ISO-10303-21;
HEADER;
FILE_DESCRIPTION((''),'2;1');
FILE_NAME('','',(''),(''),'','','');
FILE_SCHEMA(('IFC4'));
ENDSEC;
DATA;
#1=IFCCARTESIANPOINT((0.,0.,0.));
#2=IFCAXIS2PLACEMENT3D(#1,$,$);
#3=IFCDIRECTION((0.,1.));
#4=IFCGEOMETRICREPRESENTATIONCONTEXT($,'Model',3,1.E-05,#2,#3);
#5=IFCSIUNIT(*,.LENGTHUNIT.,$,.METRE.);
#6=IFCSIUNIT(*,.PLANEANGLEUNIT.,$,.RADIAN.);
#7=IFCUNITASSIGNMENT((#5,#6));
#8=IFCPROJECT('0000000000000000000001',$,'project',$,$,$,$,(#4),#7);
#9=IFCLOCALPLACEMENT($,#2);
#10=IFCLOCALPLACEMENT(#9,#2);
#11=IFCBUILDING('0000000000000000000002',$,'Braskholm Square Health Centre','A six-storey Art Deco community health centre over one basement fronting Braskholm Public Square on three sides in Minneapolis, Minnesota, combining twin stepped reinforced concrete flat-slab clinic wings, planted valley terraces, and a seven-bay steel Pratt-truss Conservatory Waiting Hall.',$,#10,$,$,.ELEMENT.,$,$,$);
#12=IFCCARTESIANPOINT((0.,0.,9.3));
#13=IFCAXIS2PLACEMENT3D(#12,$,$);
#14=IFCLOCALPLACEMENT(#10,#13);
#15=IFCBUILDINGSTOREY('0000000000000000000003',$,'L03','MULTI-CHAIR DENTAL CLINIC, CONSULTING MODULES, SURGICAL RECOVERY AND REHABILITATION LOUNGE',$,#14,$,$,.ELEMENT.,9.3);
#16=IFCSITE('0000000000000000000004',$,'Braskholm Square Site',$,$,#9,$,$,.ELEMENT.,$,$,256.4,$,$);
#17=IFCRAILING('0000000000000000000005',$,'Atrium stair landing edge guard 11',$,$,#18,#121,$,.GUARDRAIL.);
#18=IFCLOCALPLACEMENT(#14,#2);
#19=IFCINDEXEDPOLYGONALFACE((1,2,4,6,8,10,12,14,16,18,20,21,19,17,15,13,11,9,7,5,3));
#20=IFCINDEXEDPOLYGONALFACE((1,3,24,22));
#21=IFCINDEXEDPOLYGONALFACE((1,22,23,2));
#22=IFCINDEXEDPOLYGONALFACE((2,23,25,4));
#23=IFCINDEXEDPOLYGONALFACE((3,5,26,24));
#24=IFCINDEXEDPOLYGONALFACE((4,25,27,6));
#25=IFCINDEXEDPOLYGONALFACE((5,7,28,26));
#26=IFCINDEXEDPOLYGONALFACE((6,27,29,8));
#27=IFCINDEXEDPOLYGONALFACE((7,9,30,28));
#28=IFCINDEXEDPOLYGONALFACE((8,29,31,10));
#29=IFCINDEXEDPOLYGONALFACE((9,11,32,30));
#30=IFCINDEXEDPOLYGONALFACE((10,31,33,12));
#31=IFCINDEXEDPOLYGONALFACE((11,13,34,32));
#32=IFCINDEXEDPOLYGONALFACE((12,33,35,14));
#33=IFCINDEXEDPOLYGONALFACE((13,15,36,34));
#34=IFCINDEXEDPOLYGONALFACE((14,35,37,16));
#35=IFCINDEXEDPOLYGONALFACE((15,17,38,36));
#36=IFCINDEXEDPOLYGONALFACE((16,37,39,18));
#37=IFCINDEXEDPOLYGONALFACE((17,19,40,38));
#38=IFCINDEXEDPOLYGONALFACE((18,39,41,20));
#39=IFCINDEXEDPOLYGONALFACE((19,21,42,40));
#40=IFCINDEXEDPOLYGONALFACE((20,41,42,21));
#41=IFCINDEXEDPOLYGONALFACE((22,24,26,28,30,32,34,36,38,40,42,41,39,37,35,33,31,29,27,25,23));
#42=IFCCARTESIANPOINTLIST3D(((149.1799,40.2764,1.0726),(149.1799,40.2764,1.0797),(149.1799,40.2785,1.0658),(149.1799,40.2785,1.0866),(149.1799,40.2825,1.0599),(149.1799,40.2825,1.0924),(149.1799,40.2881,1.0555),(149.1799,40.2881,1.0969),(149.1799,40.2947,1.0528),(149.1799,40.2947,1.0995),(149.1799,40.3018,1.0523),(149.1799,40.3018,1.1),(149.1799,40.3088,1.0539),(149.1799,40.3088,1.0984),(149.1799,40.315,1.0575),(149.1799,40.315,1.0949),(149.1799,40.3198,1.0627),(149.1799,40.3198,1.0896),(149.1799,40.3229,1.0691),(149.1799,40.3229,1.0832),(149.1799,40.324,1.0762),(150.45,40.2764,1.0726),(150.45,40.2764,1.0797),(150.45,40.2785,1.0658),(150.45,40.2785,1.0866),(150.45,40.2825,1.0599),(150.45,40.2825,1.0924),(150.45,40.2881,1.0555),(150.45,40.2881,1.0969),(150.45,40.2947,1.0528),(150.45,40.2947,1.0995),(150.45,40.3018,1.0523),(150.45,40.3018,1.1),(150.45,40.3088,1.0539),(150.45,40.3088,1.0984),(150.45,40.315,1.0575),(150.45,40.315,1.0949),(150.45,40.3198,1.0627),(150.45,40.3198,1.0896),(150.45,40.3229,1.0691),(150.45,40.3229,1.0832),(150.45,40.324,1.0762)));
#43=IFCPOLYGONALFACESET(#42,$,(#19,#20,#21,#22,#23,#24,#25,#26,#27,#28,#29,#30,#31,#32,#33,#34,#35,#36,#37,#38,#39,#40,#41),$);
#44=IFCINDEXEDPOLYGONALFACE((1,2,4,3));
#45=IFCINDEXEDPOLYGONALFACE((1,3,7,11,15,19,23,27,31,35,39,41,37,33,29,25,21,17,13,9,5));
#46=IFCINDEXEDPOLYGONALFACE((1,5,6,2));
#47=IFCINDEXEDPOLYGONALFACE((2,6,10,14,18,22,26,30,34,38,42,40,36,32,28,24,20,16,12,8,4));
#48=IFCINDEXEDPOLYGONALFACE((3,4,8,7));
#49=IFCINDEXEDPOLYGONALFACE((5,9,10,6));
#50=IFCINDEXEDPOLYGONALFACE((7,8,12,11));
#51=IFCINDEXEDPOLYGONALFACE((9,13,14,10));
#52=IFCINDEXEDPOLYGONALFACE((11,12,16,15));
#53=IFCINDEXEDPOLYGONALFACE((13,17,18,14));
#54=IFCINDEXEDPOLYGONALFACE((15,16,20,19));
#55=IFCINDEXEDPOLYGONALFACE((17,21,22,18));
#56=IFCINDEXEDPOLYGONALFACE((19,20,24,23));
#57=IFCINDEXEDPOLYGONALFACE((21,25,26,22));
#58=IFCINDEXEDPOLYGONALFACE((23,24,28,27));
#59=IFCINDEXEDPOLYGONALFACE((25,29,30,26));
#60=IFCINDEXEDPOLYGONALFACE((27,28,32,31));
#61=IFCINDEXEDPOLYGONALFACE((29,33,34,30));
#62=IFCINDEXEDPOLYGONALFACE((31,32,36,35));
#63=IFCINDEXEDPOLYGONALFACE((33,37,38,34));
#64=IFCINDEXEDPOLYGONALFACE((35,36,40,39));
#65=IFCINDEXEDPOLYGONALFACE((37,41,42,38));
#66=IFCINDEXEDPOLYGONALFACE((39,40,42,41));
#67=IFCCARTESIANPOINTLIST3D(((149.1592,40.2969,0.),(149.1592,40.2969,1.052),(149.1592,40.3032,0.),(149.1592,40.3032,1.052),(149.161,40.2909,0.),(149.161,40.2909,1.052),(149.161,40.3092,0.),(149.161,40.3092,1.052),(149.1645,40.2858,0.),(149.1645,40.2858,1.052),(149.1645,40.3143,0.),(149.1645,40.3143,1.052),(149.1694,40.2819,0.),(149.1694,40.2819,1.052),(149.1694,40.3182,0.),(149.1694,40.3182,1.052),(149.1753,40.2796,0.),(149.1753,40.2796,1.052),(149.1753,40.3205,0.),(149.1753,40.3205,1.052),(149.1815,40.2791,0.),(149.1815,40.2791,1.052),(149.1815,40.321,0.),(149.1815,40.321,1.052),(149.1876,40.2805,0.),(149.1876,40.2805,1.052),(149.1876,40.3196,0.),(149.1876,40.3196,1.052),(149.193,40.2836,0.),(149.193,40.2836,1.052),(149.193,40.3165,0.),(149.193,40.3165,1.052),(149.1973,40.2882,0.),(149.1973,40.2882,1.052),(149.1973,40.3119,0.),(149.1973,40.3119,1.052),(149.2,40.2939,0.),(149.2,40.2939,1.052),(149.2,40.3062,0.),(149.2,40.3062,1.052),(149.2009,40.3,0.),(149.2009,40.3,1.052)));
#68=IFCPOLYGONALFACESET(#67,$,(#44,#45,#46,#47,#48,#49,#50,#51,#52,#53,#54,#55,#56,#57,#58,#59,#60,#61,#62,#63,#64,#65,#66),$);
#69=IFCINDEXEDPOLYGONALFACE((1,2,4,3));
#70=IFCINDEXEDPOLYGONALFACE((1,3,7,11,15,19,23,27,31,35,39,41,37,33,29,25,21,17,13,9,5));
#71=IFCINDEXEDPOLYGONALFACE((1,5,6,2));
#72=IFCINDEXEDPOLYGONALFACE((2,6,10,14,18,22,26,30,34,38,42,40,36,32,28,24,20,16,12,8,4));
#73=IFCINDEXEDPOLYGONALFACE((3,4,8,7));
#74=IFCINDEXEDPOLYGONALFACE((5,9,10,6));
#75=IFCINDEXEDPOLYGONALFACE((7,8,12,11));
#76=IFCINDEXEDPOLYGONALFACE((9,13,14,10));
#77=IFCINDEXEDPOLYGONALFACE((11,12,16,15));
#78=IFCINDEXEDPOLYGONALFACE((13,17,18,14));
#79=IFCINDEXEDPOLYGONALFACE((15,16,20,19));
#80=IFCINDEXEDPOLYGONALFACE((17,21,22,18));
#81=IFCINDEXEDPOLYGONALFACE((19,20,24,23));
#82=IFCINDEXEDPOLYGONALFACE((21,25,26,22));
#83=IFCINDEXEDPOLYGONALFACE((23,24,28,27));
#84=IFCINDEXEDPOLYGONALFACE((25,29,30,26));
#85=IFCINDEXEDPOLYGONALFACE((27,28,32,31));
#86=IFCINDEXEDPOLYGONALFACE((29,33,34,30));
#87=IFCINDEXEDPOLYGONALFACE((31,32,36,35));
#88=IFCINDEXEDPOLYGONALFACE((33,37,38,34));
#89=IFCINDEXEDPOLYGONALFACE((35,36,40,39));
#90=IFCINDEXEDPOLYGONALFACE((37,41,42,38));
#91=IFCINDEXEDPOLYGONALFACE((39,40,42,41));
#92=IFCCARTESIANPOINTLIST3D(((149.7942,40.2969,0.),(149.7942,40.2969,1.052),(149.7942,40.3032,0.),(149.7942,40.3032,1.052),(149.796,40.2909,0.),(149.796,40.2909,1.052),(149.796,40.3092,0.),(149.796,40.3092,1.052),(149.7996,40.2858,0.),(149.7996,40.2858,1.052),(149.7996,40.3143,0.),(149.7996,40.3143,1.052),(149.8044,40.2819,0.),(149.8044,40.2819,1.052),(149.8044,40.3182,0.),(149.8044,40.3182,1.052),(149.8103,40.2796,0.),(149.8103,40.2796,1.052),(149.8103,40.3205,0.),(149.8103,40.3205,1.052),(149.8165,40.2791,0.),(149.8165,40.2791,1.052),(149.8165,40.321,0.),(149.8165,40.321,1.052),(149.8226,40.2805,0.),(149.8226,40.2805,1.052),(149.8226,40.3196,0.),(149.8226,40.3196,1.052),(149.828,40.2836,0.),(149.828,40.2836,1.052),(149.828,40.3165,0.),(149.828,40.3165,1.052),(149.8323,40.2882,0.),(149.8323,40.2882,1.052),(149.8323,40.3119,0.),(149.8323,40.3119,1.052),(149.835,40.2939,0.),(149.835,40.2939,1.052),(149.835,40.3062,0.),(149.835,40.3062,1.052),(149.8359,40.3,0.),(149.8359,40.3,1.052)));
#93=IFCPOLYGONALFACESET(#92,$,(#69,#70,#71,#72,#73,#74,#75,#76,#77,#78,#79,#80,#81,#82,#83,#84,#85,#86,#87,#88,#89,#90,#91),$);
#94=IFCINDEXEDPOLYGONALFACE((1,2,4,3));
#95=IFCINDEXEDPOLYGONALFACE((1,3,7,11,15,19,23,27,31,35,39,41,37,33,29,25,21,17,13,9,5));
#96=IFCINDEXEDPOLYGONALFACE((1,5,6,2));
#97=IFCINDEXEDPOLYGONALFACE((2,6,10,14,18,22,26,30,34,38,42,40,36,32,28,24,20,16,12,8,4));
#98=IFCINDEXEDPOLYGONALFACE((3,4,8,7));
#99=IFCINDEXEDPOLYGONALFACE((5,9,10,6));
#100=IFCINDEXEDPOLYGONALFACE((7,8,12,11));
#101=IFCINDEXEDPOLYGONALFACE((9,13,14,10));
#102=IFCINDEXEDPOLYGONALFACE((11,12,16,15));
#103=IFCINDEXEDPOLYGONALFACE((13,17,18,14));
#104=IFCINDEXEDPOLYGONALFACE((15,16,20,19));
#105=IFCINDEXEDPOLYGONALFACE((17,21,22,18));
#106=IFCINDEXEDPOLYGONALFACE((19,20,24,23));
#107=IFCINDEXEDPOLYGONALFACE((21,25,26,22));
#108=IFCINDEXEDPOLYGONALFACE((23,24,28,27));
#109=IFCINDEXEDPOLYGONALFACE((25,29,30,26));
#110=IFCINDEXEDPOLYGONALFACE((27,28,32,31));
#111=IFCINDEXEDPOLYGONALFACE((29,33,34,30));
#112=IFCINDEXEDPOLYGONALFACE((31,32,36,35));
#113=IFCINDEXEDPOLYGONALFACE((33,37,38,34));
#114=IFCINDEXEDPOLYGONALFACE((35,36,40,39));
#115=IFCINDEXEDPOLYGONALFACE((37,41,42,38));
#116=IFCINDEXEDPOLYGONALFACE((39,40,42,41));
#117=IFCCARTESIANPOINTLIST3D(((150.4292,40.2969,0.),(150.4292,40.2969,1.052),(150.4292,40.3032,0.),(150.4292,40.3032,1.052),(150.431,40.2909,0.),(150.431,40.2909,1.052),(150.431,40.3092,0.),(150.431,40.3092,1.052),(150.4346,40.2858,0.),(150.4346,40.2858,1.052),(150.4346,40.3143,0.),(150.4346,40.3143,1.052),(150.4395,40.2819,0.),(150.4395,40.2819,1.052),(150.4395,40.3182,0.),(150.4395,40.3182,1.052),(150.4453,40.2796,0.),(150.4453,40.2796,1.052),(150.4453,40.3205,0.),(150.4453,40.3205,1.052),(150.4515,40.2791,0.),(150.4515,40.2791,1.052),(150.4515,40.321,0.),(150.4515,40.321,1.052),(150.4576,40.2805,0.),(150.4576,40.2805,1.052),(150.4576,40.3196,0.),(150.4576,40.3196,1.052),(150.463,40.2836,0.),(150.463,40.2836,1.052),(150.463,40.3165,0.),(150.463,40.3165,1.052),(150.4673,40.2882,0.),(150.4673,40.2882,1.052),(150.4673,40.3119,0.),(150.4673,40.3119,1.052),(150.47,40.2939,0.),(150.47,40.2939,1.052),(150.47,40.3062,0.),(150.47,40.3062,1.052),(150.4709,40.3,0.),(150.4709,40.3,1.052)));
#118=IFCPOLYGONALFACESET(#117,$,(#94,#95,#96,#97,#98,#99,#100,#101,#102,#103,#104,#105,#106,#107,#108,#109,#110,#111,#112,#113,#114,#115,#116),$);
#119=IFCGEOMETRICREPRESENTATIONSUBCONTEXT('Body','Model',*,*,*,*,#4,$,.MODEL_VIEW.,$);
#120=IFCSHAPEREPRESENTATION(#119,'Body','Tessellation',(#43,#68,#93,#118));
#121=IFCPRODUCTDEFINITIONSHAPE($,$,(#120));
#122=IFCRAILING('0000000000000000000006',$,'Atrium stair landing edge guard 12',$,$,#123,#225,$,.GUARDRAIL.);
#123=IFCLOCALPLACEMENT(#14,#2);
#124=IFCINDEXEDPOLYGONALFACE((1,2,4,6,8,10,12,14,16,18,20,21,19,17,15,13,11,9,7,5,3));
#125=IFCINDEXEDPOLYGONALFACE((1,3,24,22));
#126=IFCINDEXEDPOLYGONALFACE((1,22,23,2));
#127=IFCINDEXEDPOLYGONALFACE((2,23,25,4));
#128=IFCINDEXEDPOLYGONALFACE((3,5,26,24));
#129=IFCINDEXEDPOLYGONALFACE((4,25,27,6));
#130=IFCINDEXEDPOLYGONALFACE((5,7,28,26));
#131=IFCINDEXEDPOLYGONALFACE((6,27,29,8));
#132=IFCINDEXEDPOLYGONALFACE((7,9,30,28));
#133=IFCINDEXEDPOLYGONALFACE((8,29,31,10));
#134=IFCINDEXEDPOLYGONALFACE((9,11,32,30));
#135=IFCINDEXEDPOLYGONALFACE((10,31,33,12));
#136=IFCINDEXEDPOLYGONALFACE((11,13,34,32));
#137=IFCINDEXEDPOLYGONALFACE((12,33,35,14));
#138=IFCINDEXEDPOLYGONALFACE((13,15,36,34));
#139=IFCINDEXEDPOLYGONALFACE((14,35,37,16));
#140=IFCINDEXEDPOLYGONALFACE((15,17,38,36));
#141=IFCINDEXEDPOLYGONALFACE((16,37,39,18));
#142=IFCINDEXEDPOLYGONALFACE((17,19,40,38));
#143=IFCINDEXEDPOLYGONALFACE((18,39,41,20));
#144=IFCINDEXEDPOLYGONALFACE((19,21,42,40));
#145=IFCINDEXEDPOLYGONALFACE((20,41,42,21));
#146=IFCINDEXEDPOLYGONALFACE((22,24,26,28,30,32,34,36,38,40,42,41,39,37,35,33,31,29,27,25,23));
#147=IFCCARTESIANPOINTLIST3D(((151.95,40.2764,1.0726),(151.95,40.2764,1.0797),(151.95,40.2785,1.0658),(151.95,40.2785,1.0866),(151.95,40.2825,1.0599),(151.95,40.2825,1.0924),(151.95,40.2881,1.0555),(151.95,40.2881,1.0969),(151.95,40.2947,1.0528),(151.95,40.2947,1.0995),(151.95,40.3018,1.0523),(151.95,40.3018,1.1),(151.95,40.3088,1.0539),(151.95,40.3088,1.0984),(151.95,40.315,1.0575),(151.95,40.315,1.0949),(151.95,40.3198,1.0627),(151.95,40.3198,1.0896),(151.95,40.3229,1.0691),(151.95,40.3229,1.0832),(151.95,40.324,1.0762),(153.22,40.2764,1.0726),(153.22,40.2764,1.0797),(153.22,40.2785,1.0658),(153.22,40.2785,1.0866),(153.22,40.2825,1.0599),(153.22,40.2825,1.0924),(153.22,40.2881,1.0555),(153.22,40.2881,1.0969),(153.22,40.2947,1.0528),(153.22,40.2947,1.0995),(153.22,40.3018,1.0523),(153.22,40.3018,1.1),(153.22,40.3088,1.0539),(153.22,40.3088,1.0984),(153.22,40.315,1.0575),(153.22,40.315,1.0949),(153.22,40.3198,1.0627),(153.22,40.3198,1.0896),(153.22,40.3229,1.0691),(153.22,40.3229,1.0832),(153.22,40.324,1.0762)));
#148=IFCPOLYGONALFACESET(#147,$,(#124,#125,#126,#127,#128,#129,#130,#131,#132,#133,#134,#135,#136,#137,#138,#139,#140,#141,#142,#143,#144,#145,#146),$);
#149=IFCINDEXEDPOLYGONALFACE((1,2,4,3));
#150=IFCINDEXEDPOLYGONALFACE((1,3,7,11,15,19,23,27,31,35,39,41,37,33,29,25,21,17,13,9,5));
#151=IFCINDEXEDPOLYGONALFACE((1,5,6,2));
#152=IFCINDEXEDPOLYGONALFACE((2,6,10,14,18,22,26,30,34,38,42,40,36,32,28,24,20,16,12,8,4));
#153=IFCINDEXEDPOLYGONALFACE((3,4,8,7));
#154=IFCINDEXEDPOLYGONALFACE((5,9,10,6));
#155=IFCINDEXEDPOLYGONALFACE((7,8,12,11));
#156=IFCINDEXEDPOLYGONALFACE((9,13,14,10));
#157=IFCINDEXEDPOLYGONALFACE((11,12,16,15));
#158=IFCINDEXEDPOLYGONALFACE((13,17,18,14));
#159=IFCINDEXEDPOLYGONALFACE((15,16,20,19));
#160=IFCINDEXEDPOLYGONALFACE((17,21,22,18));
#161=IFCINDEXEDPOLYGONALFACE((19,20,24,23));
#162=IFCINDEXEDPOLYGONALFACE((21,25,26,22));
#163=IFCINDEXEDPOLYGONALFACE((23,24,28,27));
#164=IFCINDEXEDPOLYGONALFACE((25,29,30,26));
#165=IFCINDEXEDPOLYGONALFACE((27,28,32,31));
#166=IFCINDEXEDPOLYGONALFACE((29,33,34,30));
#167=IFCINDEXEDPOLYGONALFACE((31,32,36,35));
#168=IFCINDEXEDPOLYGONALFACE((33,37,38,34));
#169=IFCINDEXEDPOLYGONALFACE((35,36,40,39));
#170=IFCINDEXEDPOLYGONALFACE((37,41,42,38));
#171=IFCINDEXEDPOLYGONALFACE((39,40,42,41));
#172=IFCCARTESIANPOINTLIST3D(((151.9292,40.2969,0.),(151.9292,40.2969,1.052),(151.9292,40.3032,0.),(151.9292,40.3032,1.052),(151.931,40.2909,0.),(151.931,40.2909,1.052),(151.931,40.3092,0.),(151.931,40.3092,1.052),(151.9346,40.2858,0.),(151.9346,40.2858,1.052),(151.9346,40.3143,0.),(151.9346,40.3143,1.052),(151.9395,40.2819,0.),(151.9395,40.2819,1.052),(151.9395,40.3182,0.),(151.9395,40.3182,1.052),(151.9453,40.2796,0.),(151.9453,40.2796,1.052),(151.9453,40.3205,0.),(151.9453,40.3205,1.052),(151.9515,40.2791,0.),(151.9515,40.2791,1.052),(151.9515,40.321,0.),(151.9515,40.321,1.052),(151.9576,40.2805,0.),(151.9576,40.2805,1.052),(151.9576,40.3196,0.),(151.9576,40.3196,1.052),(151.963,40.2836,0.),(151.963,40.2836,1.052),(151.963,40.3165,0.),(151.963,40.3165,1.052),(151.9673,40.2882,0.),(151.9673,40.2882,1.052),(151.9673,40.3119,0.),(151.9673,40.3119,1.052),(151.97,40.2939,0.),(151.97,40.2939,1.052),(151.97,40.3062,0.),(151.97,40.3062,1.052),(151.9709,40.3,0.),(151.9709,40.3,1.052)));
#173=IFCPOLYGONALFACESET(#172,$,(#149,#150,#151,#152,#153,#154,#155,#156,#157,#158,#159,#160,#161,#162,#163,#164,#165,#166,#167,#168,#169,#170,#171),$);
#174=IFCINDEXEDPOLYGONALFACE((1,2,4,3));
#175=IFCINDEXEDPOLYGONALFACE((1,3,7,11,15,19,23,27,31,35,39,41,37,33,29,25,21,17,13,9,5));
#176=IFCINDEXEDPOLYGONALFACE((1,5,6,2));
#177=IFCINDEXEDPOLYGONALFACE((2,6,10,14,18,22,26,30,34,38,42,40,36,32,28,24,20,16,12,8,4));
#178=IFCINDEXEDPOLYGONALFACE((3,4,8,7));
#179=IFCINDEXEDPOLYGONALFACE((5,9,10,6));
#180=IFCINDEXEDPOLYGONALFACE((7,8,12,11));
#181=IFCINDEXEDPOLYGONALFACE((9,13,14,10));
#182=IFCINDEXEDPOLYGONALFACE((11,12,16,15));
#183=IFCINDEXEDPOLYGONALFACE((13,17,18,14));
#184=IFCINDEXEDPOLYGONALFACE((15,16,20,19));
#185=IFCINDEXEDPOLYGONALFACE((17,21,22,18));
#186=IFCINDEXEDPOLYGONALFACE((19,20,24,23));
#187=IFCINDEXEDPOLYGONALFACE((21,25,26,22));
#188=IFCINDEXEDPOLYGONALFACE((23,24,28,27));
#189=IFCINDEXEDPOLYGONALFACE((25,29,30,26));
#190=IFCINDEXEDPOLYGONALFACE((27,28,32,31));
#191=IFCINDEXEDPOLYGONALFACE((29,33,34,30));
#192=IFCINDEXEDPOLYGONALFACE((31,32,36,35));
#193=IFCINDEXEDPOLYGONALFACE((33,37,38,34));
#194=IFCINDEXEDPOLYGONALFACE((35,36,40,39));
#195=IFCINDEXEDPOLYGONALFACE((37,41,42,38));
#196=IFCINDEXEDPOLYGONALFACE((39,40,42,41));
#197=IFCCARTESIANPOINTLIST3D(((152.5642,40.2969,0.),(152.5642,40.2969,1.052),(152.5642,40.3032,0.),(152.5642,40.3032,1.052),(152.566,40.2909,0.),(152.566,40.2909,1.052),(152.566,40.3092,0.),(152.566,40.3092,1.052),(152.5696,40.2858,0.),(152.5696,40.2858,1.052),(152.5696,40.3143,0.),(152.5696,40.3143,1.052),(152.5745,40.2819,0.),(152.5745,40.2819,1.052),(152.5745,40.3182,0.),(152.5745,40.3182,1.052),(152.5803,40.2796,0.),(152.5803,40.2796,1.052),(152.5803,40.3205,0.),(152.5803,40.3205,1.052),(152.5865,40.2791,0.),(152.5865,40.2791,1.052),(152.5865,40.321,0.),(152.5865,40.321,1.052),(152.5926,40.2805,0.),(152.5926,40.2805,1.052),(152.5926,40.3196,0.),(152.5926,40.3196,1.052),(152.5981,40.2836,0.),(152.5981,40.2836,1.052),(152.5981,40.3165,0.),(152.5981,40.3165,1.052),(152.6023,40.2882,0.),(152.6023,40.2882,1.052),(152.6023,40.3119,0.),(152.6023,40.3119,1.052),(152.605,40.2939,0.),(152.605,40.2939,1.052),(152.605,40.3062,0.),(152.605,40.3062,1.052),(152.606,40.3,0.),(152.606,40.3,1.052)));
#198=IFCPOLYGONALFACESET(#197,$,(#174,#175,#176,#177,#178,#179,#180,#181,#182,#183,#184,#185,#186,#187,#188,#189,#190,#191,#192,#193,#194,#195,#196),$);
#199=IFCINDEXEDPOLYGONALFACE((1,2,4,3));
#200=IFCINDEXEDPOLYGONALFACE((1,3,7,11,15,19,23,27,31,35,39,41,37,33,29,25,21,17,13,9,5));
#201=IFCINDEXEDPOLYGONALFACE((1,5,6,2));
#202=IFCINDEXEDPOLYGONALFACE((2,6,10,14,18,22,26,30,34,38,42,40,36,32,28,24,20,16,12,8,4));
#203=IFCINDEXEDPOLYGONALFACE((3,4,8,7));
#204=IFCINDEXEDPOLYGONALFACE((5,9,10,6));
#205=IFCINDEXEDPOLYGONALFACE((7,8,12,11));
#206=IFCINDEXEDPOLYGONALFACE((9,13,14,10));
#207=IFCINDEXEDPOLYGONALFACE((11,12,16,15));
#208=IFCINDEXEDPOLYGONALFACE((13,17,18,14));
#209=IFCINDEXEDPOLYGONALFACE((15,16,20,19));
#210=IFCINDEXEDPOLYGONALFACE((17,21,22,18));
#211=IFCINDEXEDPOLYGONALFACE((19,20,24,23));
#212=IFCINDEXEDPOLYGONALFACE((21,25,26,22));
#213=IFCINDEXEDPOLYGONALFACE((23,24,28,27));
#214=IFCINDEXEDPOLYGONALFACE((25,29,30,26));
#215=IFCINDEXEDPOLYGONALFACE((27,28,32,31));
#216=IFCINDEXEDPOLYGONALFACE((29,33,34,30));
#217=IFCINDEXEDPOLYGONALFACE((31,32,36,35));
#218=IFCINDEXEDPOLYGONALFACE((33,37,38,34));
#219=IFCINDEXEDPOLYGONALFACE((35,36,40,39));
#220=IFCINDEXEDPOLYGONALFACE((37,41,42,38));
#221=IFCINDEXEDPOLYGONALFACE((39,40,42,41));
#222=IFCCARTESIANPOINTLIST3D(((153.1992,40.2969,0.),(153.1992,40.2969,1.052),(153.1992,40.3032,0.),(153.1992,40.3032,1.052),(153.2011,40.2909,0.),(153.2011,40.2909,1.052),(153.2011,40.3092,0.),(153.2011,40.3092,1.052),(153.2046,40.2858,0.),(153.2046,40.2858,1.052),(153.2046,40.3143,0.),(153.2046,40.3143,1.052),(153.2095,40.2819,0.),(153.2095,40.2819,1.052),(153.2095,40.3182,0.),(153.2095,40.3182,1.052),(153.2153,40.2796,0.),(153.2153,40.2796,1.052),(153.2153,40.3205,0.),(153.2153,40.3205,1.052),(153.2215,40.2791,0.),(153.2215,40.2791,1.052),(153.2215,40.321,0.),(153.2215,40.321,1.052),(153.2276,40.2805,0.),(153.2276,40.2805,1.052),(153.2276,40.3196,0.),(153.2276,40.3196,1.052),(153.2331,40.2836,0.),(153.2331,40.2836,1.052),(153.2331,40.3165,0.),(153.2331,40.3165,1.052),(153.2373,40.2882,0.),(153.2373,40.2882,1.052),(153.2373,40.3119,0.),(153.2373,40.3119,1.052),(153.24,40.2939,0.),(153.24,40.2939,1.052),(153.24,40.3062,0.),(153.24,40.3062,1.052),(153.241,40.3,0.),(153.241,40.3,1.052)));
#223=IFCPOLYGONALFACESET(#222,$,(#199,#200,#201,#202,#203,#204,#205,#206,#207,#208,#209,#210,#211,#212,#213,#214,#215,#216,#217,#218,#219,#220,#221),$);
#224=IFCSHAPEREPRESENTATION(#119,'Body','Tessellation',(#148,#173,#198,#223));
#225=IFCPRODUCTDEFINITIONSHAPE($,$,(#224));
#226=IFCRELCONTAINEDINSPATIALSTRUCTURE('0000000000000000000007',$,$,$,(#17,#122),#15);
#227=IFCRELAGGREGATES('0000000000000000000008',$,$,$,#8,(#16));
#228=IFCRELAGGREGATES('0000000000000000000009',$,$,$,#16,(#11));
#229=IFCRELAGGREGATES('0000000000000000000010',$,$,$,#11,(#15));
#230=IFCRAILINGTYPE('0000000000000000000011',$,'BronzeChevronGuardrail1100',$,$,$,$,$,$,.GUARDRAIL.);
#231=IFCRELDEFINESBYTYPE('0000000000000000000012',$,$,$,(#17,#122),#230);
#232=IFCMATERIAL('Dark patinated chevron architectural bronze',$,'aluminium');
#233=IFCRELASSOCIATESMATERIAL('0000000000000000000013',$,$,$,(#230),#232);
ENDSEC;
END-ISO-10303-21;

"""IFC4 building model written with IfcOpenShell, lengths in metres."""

from ifc_helpers import new_model, si_unit, direction, frame, origin, origin_2d, place, context, subcontext, project, spatial, circle, extrude, material, type_object, element, save


model = new_model("IFC4")

# Units and contexts
model_context = context("Model", 3, precision=1e-05, world=origin(), true_north=direction((0.0, 1.0)))
body_context = subcontext(model_context, "Body", "Model", "MODEL_VIEW")
ifc_project = project(units=[si_unit("LENGTHUNIT", "METRE"), si_unit("PLANEANGLEUNIT", "RADIAN")], contexts=[model_context])

# Site, building, storey
site_placement = place(None, origin())
site = spatial("IfcSite", under=ifc_project, at=site_placement, Name="Braskholm Square Site", CompositionType="ELEMENT", RefElevation=256.4)
building_placement = place(site_placement, origin())
building = spatial("IfcBuilding", under=site, at=building_placement, Name="Braskholm Square Health Centre", Description="A six-storey Art Deco community health centre over one basement fronting Braskholm Public Square on three sides in Minneapolis, Minnesota, combining twin stepped reinforced concrete flat-slab clinic wings, planted valley terraces, and a seven-bay steel Pratt-truss Conservatory Waiting Hall.", CompositionType="ELEMENT")
storey_placement = place(building_placement, frame((0.0, 0.0, 9.3)))
storey = spatial("IfcBuildingStorey", under=building, at=storey_placement, Name="L03", Description="MULTI-CHAIR DENTAL CLINIC, CONSULTING MODULES, SURGICAL RECOVERY AND REHABILITATION LOUNGE", CompositionType="ELEMENT", Elevation=9.3)

# Railings
ifc_material_1 = material(Name="Dark patinated chevron architectural bronze", Category="aluminium")
railing_type = type_object("IfcRailingType", Name="BronzeChevronGuardrail1100", PredefinedType="GUARDRAIL", material=ifc_material_1)
for number, where, name in (
    (1, (149.1799, 40.3, 0.0), "Atrium stair landing edge guard 11"),
    (2, (151.95, 40.3, 0.0), "Atrium stair landing edge guard 12"),
):
    element("IfcRailing", number, at=place(storey_placement, frame(where)), inside=storey, type_object=railing_type, Name=name, PredefinedType="GUARDRAIL", context=body_context, shape_type="SweptSolid", body=[
        extrude(circle(Radius=0.0239, at=origin_2d()), frame((0.0, 0.0, 1.0762), z_axis=(1.0, 0.0, 0.0), x_axis=(0.0, 1.0, 0.0)), (0.0, 0.0, 1.0), 1.27),
        extrude(circle(Radius=0.021, at=origin_2d()), origin(), (0.0, 0.0, 1.0), 1.052),
        extrude(circle(Radius=0.021, at=origin_2d()), frame((0.635, 0.0, 0.0)), (0.0, 0.0, 1.0), 1.052),
        extrude(circle(Radius=0.021, at=origin_2d()), frame((1.27, 0.0, 0.0)), (0.0, 0.0, 1.0), 1.052),
    ])

save(model, "model.ifc")
